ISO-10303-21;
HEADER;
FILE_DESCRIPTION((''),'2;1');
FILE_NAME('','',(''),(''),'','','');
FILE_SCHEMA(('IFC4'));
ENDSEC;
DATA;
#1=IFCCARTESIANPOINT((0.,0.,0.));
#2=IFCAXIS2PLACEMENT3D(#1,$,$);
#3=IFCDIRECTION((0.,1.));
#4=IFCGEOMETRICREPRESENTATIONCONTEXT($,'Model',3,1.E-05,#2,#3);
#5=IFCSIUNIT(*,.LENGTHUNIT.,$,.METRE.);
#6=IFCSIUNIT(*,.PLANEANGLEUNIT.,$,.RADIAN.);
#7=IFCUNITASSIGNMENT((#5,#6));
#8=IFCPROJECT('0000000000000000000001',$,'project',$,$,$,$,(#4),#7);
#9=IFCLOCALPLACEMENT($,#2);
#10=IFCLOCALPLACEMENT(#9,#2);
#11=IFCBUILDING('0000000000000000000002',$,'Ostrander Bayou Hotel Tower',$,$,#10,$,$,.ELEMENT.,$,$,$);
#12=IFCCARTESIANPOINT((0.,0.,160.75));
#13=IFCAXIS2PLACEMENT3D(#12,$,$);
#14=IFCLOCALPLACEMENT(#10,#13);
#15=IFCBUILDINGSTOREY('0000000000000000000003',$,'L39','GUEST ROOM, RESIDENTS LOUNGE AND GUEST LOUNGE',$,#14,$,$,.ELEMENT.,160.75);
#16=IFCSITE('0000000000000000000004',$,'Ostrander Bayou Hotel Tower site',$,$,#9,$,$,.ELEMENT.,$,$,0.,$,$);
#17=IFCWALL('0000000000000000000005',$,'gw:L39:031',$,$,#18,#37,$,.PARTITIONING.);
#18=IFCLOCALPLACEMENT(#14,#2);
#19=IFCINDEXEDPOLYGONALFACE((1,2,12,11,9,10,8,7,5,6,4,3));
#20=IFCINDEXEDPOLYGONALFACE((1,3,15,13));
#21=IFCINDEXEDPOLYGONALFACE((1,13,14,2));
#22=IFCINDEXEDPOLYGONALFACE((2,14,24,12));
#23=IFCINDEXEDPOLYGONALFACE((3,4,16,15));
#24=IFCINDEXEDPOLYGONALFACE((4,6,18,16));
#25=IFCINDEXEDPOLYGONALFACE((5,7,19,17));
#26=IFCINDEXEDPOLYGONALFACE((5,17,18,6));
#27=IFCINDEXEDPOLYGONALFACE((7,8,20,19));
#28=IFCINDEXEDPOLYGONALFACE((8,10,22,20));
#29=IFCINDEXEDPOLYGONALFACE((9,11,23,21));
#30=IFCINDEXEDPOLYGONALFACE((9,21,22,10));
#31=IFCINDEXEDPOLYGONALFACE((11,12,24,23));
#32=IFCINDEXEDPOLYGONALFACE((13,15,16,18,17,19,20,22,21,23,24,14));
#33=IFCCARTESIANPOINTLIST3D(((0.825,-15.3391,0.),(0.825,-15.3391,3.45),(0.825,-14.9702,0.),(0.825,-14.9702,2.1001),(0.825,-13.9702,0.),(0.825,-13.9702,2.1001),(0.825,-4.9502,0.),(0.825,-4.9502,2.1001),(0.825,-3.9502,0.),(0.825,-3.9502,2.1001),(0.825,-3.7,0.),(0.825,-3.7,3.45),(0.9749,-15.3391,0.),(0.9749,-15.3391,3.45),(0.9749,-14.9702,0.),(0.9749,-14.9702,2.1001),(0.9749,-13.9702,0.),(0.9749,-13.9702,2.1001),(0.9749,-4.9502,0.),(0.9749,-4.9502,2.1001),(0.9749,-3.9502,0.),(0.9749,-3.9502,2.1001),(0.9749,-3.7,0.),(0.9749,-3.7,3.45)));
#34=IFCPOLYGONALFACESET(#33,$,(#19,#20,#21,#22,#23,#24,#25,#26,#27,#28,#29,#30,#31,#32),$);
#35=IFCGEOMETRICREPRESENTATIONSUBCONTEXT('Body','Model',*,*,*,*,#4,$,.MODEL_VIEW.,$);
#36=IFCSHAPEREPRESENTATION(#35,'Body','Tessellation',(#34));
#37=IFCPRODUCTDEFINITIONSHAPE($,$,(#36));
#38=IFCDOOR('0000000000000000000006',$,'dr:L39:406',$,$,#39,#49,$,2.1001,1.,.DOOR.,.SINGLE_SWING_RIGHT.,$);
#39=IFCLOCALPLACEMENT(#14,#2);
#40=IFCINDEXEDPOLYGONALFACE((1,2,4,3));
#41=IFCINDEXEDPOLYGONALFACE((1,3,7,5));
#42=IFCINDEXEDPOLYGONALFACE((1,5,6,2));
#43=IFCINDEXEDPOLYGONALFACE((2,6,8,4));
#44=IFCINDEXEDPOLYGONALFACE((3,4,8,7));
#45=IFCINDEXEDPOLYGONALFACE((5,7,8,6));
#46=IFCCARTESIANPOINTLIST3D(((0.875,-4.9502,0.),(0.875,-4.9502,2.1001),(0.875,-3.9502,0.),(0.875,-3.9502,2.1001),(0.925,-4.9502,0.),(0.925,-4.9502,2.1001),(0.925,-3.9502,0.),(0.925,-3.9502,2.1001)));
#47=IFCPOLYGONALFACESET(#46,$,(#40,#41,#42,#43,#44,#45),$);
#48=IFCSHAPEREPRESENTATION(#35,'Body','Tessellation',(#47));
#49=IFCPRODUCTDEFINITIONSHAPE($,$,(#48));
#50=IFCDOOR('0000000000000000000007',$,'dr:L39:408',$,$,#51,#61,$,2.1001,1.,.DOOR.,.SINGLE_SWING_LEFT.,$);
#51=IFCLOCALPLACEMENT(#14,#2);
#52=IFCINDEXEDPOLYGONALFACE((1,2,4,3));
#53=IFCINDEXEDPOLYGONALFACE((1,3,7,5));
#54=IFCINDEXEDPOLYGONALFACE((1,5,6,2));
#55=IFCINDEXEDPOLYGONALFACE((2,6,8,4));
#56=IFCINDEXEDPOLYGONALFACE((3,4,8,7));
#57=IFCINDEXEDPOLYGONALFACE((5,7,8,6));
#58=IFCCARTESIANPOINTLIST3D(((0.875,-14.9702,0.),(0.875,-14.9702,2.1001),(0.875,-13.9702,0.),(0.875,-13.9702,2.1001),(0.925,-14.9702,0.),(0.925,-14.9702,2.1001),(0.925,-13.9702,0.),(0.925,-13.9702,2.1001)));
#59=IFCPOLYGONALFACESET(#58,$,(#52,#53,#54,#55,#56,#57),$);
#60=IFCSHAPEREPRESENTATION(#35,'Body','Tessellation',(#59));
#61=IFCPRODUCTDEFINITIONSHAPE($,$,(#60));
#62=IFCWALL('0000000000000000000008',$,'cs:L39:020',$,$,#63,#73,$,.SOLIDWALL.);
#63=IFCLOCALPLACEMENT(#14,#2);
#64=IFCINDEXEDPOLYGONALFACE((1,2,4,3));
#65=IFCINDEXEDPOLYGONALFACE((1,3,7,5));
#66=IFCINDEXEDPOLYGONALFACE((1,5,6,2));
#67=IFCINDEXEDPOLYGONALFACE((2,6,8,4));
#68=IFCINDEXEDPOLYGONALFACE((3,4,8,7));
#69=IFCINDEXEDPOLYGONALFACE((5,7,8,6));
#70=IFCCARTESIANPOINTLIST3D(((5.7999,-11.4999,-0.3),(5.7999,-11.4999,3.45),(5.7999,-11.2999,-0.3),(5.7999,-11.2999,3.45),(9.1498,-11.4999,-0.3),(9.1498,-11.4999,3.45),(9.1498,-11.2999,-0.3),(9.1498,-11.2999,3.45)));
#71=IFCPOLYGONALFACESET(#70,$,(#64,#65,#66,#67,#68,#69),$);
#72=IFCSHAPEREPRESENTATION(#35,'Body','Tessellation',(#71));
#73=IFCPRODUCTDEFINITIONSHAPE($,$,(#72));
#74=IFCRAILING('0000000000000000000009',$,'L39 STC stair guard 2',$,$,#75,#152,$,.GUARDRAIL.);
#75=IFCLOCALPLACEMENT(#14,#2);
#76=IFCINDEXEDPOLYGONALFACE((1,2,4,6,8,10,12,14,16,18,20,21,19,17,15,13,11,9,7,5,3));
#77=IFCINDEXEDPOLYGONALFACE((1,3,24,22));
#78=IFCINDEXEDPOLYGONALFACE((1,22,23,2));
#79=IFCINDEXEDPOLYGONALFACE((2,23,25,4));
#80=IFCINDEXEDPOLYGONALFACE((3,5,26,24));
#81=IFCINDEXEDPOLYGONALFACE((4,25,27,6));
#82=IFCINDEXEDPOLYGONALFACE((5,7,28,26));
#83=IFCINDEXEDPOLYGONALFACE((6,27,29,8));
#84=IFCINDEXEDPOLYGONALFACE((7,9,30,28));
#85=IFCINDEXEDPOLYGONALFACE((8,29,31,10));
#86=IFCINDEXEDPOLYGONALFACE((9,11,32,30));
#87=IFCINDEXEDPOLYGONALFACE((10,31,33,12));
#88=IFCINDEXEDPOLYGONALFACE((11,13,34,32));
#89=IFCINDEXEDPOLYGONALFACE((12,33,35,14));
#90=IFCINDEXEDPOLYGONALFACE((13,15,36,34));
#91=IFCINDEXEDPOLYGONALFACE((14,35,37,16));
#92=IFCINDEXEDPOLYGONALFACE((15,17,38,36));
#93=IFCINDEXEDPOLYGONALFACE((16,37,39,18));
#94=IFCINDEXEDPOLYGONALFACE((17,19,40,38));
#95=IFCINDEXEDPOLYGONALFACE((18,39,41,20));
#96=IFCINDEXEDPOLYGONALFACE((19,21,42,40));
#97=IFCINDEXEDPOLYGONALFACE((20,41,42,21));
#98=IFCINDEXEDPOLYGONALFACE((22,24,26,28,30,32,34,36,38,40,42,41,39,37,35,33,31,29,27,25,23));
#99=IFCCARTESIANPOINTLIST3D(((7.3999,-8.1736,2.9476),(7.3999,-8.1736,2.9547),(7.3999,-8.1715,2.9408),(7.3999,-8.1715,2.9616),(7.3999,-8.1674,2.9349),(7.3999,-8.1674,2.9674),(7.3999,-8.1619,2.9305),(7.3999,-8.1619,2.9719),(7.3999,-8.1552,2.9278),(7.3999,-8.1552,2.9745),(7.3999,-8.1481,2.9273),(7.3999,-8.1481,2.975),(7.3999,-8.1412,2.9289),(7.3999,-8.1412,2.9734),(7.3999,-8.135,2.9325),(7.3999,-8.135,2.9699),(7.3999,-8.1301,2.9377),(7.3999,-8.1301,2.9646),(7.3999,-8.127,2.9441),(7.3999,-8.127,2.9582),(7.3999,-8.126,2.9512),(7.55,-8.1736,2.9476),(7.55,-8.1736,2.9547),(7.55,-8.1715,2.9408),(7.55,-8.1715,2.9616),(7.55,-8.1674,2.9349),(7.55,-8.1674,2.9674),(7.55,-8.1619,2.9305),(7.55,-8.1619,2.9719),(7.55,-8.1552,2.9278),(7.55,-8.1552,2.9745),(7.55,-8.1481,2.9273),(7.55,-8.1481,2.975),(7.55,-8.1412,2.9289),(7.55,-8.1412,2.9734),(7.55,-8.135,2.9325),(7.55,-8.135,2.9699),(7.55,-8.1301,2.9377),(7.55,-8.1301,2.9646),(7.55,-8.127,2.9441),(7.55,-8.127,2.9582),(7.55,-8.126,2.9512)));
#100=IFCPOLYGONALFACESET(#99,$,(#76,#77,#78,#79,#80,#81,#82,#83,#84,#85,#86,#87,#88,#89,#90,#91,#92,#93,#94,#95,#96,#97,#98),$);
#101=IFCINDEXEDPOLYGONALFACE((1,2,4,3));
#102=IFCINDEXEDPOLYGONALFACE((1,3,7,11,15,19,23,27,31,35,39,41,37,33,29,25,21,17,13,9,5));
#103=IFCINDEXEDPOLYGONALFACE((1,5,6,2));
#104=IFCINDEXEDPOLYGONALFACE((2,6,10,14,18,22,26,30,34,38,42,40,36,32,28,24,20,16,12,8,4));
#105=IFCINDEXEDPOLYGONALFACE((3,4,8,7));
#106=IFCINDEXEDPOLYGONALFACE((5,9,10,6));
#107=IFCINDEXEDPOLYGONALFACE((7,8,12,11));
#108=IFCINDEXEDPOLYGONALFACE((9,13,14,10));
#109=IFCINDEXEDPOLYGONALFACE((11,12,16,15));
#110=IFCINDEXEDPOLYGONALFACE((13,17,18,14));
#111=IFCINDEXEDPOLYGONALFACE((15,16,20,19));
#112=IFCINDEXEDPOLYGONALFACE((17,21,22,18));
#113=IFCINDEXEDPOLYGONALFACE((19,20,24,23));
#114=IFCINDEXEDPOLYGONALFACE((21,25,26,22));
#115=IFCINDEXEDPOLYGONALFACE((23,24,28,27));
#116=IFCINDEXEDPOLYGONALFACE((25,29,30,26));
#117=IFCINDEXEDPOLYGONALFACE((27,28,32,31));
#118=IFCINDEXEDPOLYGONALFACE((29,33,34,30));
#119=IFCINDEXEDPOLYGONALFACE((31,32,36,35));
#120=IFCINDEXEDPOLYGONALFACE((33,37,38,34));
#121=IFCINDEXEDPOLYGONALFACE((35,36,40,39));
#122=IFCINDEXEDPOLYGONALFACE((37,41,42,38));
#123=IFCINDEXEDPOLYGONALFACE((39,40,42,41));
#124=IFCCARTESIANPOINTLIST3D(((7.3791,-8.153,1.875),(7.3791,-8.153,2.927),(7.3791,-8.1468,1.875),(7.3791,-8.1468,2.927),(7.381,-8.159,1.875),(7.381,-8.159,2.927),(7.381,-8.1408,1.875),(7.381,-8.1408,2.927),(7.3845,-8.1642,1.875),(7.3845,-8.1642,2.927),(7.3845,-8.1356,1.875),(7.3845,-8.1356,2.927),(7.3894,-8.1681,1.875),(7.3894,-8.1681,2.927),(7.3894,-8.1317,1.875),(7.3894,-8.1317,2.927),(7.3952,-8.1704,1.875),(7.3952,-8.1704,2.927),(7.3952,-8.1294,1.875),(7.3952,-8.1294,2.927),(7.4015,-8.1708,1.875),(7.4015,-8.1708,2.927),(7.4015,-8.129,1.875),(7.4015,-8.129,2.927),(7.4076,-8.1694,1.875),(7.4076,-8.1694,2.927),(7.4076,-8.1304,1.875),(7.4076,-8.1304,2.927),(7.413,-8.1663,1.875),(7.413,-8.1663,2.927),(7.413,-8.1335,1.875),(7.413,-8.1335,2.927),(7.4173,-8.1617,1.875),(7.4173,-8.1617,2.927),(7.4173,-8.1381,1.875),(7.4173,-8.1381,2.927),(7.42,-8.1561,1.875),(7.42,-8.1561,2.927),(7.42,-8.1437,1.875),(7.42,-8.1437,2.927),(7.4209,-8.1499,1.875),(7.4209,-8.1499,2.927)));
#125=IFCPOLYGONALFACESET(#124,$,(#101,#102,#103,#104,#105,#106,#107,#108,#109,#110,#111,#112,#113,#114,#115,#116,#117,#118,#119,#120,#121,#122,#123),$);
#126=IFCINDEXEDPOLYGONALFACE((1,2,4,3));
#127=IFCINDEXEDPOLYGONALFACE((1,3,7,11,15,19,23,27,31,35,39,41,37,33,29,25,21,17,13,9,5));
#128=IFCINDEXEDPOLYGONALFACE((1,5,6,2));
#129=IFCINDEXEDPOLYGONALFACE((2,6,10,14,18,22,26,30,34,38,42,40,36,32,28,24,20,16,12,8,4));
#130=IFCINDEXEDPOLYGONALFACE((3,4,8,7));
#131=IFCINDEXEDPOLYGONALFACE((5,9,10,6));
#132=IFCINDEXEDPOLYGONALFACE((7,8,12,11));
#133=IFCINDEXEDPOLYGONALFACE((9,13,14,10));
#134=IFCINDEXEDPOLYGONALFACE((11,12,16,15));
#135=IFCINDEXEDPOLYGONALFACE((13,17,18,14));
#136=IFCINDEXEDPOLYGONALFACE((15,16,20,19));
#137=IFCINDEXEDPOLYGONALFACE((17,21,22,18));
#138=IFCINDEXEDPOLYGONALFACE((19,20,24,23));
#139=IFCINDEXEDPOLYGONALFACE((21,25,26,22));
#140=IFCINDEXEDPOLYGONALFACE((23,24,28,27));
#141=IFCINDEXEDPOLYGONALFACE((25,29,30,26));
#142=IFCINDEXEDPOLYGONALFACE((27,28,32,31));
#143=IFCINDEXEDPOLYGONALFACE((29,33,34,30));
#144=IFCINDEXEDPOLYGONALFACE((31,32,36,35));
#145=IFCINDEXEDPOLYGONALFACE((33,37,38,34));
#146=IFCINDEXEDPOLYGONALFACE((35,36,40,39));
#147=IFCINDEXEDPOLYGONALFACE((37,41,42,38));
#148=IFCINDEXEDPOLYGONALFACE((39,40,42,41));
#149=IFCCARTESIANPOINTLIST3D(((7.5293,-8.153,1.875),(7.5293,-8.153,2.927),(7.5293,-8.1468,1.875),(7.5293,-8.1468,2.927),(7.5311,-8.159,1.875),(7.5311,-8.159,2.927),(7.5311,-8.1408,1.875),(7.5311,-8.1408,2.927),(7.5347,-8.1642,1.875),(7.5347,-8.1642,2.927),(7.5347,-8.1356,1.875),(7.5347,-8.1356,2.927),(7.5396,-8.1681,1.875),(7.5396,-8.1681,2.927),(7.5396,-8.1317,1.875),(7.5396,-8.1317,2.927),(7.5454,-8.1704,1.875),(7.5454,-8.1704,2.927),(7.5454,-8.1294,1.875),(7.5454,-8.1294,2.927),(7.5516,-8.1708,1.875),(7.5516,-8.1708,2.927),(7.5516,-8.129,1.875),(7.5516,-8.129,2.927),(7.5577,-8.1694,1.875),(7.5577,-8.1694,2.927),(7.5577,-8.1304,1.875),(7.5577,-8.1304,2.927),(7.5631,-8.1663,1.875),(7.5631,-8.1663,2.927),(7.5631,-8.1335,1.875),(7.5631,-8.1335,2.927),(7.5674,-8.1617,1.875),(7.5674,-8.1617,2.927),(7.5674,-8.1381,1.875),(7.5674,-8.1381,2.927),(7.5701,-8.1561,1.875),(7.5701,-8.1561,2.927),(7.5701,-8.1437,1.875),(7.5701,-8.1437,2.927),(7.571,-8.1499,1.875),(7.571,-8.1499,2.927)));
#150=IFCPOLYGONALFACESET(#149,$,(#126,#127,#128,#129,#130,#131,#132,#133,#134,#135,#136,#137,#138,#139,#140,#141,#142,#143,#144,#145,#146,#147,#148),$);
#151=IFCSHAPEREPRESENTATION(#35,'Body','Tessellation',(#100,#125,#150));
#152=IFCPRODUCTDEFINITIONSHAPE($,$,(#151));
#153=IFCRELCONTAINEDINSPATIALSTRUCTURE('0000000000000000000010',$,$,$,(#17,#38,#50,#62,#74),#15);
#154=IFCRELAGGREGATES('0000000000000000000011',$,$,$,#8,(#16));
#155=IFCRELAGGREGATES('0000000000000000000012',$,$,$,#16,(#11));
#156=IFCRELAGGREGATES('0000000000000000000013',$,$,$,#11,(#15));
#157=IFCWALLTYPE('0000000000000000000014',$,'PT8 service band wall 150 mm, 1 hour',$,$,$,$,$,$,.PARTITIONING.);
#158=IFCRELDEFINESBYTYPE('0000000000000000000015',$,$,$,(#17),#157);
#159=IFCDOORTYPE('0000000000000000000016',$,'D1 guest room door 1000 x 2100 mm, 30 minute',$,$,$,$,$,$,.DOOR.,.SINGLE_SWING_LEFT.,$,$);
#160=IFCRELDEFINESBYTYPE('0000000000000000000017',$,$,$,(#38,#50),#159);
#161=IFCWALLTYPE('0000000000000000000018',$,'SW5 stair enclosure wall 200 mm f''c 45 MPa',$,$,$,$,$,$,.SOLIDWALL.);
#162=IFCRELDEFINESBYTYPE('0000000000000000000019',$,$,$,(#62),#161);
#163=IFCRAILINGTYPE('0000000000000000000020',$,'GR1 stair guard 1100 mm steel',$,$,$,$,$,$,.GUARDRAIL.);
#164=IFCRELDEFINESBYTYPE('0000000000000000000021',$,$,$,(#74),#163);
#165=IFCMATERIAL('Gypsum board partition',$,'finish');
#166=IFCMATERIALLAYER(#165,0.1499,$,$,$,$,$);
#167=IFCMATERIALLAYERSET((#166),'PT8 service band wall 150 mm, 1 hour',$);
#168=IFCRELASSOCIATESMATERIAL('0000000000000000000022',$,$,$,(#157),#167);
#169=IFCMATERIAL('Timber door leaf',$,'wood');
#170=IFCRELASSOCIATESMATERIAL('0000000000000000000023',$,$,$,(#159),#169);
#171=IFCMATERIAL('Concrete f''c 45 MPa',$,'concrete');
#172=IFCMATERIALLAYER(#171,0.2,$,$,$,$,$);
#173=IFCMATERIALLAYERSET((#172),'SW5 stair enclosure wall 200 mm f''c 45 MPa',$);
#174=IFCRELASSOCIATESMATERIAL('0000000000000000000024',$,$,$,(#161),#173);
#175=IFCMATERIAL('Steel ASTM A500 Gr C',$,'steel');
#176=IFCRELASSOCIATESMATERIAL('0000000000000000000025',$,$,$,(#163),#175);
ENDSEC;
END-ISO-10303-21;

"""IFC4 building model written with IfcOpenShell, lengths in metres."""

from ifc_helpers import new_model, si_unit, direction, frame, frame_2d, origin, origin_2d, place, context, subcontext, project, spatial, rectangle, circle, extrude, material, layer, layer_set, type_object, element, fill, save


model = new_model("IFC4")

# Units and contexts
model_context = context("Model", 3, precision=1e-05, world=origin(), true_north=direction((0.0, 1.0)))
body_context = subcontext(model_context, "Body", "Model", "MODEL_VIEW")
ifc_project = project(units=[si_unit("LENGTHUNIT", "METRE"), si_unit("PLANEANGLEUNIT", "RADIAN")], contexts=[model_context])

# Site, building, storey
site_placement = place(None, origin())
site = spatial("IfcSite", under=ifc_project, at=site_placement, Name="Ostrander Bayou Hotel Tower site", CompositionType="ELEMENT", RefElevation=0.0)
building_placement = place(site_placement, origin())
building = spatial("IfcBuilding", under=site, at=building_placement, Name="Ostrander Bayou Hotel Tower", CompositionType="ELEMENT")
storey_placement = place(building_placement, frame((0.0, 0.0, 160.75)))
storey = spatial("IfcBuildingStorey", under=building, at=storey_placement, Name="L39", Description="GUEST ROOM, RESIDENTS LOUNGE AND GUEST LOUNGE", CompositionType="ELEMENT", Elevation=160.75)

# Shared definitions
ifc_material_1 = material(Name="Gypsum board partition", Category="finish")
ifc_layer_1 = layer(ifc_material_1, 0.1499)
ifc_layer_set_1 = layer_set([ifc_layer_1], Name="PT8 service band wall 150 mm, 1 hour")
wall_type_1 = type_object("IfcWallType", Name="PT8 service band wall 150 mm, 1 hour", PredefinedType="PARTITIONING", material=ifc_layer_set_1)

# Wall, openings, doors
wall_1_placement = place(storey_placement, frame((0.8999, -15.3391, 0.0), z_axis=(0.0, 0.0, 1.0), x_axis=(0.0, 1.0, 0.0)))
wall_1 = element("IfcWall", 1, at=wall_1_placement, inside=storey, type_object=wall_type_1, Name="gw:L39:031", PredefinedType="PARTITIONING", context=body_context, shape_type="SweptSolid", body=[
    extrude(rectangle(XDim=11.6392, YDim=0.1499, at=frame_2d((5.8196, 0.0))), origin(), (0.0, 0.0, 1.0), 3.45),
])
opening_1_placement = place(wall_1_placement, frame((10.3889, 0.0, 0.0)))
opening_1 = element("IfcOpeningElement", 2, at=opening_1_placement, cuts=wall_1, PredefinedType="OPENING", context=body_context, shape_type="SweptSolid", body=[
    extrude(rectangle(XDim=1.0, YDim=2.1001, at=frame_2d((0.5, 1.05))), frame((0.0, 0.075, 0.0), z_axis=(0.0, -1.0, 0.0), x_axis=(1.0, 0.0, 0.0)), (0.0, 0.0, 1.0), 0.1499),
])
opening_2_placement = place(wall_1_placement, frame((0.3689, 0.0, 0.0)))
opening_2 = element("IfcOpeningElement", 3, at=opening_2_placement, cuts=wall_1, PredefinedType="OPENING", context=body_context, shape_type="SweptSolid", body=[
    extrude(rectangle(XDim=1.0, YDim=2.1001, at=frame_2d((0.5, 1.05))), frame((0.0, 0.075, 0.0), z_axis=(0.0, -1.0, 0.0), x_axis=(1.0, 0.0, 0.0)), (0.0, 0.0, 1.0), 0.1499),
])
ifc_material_2 = material(Name="Timber door leaf", Category="wood")
door_type_1 = type_object("IfcDoorType", Name="D1 guest room door 1000 x 2100 mm, 30 minute", OperationType="SINGLE_SWING_LEFT", PredefinedType="DOOR", material=ifc_material_2)
door_1_placement = place(opening_1_placement, origin())
door_1 = element("IfcDoor", 4, at=door_1_placement, inside=storey, type_object=door_type_1, Name="dr:L39:406", OperationType="SINGLE_SWING_RIGHT", OverallHeight=2.1001, OverallWidth=1.0, PredefinedType="DOOR", context=body_context, shape_type="SweptSolid", body=[
    extrude(rectangle(XDim=1.0, YDim=2.1001, at=frame_2d((0.5, 1.05))), frame((0.0, 0.0249, 0.0), z_axis=(0.0, -1.0, 0.0), x_axis=(1.0, 0.0, 0.0)), (0.0, 0.0, 1.0), 0.05),
])
fill(opening_1, door_1)
door_2_placement = place(opening_2_placement, origin())
door_2 = element("IfcDoor", 5, at=door_2_placement, inside=storey, type_object=door_type_1, Name="dr:L39:408", OperationType="SINGLE_SWING_LEFT", OverallHeight=2.1001, OverallWidth=1.0, PredefinedType="DOOR", context=body_context, shape_type="SweptSolid", body=[
    extrude(rectangle(XDim=1.0, YDim=2.1001, at=frame_2d((0.5, 1.05))), frame((0.0, 0.0249, 0.0), z_axis=(0.0, -1.0, 0.0), x_axis=(1.0, 0.0, 0.0)), (0.0, 0.0, 1.0), 0.05),
])
fill(opening_2, door_2)

# Wall
ifc_material_3 = material(Name="Concrete f'c 45 MPa", Category="concrete")
ifc_layer_2 = layer(ifc_material_3, 0.2)
ifc_layer_set_2 = layer_set([ifc_layer_2], Name="SW5 stair enclosure wall 200 mm f'c 45 MPa")
wall_type_2 = type_object("IfcWallType", Name="SW5 stair enclosure wall 200 mm f'c 45 MPa", PredefinedType="SOLIDWALL", material=ifc_layer_set_2)
wall_2_placement = place(storey_placement, frame((5.8, -11.3999, -0.3), z_axis=(0.0, 0.0, 1.0), x_axis=(1.0, 0.0, 0.0)))
element("IfcWall", 6, at=wall_2_placement, inside=storey, type_object=wall_type_2, Name="cs:L39:020", PredefinedType="SOLIDWALL", context=body_context, shape_type="SweptSolid", body=[
    extrude(rectangle(XDim=3.3499, YDim=0.2, at=frame_2d((1.6748, 0.0))), origin(), (0.0, 0.0, 1.0), 3.75),
])

# Railing
ifc_material_4 = material(Name="Steel ASTM A500 Gr C", Category="steel")
railing_type = type_object("IfcRailingType", Name="GR1 stair guard 1100 mm steel", PredefinedType="GUARDRAIL", material=ifc_material_4)
railing_placement = place(storey_placement, frame((7.3999, -8.1499, 1.875)))
element("IfcRailing", 7, at=railing_placement, inside=storey, type_object=railing_type, Name="L39 STC stair guard 2", PredefinedType="GUARDRAIL", context=body_context, shape_type="SweptSolid", body=[
    extrude(circle(Radius=0.0239, at=origin_2d()), frame((0.0, 0.0, 1.0762), z_axis=(1.0, 0.0, 0.0), x_axis=(0.0, 1.0, 0.0)), (0.0, 0.0, 1.0), 0.1501),
    extrude(circle(Radius=0.021, at=origin_2d()), origin(), (0.0, 0.0, 1.0), 1.052),
    extrude(circle(Radius=0.021, at=origin_2d()), frame((0.1501, 0.0, 0.0)), (0.0, 0.0, 1.0), 1.052),
])

save(model, "model.ifc")
